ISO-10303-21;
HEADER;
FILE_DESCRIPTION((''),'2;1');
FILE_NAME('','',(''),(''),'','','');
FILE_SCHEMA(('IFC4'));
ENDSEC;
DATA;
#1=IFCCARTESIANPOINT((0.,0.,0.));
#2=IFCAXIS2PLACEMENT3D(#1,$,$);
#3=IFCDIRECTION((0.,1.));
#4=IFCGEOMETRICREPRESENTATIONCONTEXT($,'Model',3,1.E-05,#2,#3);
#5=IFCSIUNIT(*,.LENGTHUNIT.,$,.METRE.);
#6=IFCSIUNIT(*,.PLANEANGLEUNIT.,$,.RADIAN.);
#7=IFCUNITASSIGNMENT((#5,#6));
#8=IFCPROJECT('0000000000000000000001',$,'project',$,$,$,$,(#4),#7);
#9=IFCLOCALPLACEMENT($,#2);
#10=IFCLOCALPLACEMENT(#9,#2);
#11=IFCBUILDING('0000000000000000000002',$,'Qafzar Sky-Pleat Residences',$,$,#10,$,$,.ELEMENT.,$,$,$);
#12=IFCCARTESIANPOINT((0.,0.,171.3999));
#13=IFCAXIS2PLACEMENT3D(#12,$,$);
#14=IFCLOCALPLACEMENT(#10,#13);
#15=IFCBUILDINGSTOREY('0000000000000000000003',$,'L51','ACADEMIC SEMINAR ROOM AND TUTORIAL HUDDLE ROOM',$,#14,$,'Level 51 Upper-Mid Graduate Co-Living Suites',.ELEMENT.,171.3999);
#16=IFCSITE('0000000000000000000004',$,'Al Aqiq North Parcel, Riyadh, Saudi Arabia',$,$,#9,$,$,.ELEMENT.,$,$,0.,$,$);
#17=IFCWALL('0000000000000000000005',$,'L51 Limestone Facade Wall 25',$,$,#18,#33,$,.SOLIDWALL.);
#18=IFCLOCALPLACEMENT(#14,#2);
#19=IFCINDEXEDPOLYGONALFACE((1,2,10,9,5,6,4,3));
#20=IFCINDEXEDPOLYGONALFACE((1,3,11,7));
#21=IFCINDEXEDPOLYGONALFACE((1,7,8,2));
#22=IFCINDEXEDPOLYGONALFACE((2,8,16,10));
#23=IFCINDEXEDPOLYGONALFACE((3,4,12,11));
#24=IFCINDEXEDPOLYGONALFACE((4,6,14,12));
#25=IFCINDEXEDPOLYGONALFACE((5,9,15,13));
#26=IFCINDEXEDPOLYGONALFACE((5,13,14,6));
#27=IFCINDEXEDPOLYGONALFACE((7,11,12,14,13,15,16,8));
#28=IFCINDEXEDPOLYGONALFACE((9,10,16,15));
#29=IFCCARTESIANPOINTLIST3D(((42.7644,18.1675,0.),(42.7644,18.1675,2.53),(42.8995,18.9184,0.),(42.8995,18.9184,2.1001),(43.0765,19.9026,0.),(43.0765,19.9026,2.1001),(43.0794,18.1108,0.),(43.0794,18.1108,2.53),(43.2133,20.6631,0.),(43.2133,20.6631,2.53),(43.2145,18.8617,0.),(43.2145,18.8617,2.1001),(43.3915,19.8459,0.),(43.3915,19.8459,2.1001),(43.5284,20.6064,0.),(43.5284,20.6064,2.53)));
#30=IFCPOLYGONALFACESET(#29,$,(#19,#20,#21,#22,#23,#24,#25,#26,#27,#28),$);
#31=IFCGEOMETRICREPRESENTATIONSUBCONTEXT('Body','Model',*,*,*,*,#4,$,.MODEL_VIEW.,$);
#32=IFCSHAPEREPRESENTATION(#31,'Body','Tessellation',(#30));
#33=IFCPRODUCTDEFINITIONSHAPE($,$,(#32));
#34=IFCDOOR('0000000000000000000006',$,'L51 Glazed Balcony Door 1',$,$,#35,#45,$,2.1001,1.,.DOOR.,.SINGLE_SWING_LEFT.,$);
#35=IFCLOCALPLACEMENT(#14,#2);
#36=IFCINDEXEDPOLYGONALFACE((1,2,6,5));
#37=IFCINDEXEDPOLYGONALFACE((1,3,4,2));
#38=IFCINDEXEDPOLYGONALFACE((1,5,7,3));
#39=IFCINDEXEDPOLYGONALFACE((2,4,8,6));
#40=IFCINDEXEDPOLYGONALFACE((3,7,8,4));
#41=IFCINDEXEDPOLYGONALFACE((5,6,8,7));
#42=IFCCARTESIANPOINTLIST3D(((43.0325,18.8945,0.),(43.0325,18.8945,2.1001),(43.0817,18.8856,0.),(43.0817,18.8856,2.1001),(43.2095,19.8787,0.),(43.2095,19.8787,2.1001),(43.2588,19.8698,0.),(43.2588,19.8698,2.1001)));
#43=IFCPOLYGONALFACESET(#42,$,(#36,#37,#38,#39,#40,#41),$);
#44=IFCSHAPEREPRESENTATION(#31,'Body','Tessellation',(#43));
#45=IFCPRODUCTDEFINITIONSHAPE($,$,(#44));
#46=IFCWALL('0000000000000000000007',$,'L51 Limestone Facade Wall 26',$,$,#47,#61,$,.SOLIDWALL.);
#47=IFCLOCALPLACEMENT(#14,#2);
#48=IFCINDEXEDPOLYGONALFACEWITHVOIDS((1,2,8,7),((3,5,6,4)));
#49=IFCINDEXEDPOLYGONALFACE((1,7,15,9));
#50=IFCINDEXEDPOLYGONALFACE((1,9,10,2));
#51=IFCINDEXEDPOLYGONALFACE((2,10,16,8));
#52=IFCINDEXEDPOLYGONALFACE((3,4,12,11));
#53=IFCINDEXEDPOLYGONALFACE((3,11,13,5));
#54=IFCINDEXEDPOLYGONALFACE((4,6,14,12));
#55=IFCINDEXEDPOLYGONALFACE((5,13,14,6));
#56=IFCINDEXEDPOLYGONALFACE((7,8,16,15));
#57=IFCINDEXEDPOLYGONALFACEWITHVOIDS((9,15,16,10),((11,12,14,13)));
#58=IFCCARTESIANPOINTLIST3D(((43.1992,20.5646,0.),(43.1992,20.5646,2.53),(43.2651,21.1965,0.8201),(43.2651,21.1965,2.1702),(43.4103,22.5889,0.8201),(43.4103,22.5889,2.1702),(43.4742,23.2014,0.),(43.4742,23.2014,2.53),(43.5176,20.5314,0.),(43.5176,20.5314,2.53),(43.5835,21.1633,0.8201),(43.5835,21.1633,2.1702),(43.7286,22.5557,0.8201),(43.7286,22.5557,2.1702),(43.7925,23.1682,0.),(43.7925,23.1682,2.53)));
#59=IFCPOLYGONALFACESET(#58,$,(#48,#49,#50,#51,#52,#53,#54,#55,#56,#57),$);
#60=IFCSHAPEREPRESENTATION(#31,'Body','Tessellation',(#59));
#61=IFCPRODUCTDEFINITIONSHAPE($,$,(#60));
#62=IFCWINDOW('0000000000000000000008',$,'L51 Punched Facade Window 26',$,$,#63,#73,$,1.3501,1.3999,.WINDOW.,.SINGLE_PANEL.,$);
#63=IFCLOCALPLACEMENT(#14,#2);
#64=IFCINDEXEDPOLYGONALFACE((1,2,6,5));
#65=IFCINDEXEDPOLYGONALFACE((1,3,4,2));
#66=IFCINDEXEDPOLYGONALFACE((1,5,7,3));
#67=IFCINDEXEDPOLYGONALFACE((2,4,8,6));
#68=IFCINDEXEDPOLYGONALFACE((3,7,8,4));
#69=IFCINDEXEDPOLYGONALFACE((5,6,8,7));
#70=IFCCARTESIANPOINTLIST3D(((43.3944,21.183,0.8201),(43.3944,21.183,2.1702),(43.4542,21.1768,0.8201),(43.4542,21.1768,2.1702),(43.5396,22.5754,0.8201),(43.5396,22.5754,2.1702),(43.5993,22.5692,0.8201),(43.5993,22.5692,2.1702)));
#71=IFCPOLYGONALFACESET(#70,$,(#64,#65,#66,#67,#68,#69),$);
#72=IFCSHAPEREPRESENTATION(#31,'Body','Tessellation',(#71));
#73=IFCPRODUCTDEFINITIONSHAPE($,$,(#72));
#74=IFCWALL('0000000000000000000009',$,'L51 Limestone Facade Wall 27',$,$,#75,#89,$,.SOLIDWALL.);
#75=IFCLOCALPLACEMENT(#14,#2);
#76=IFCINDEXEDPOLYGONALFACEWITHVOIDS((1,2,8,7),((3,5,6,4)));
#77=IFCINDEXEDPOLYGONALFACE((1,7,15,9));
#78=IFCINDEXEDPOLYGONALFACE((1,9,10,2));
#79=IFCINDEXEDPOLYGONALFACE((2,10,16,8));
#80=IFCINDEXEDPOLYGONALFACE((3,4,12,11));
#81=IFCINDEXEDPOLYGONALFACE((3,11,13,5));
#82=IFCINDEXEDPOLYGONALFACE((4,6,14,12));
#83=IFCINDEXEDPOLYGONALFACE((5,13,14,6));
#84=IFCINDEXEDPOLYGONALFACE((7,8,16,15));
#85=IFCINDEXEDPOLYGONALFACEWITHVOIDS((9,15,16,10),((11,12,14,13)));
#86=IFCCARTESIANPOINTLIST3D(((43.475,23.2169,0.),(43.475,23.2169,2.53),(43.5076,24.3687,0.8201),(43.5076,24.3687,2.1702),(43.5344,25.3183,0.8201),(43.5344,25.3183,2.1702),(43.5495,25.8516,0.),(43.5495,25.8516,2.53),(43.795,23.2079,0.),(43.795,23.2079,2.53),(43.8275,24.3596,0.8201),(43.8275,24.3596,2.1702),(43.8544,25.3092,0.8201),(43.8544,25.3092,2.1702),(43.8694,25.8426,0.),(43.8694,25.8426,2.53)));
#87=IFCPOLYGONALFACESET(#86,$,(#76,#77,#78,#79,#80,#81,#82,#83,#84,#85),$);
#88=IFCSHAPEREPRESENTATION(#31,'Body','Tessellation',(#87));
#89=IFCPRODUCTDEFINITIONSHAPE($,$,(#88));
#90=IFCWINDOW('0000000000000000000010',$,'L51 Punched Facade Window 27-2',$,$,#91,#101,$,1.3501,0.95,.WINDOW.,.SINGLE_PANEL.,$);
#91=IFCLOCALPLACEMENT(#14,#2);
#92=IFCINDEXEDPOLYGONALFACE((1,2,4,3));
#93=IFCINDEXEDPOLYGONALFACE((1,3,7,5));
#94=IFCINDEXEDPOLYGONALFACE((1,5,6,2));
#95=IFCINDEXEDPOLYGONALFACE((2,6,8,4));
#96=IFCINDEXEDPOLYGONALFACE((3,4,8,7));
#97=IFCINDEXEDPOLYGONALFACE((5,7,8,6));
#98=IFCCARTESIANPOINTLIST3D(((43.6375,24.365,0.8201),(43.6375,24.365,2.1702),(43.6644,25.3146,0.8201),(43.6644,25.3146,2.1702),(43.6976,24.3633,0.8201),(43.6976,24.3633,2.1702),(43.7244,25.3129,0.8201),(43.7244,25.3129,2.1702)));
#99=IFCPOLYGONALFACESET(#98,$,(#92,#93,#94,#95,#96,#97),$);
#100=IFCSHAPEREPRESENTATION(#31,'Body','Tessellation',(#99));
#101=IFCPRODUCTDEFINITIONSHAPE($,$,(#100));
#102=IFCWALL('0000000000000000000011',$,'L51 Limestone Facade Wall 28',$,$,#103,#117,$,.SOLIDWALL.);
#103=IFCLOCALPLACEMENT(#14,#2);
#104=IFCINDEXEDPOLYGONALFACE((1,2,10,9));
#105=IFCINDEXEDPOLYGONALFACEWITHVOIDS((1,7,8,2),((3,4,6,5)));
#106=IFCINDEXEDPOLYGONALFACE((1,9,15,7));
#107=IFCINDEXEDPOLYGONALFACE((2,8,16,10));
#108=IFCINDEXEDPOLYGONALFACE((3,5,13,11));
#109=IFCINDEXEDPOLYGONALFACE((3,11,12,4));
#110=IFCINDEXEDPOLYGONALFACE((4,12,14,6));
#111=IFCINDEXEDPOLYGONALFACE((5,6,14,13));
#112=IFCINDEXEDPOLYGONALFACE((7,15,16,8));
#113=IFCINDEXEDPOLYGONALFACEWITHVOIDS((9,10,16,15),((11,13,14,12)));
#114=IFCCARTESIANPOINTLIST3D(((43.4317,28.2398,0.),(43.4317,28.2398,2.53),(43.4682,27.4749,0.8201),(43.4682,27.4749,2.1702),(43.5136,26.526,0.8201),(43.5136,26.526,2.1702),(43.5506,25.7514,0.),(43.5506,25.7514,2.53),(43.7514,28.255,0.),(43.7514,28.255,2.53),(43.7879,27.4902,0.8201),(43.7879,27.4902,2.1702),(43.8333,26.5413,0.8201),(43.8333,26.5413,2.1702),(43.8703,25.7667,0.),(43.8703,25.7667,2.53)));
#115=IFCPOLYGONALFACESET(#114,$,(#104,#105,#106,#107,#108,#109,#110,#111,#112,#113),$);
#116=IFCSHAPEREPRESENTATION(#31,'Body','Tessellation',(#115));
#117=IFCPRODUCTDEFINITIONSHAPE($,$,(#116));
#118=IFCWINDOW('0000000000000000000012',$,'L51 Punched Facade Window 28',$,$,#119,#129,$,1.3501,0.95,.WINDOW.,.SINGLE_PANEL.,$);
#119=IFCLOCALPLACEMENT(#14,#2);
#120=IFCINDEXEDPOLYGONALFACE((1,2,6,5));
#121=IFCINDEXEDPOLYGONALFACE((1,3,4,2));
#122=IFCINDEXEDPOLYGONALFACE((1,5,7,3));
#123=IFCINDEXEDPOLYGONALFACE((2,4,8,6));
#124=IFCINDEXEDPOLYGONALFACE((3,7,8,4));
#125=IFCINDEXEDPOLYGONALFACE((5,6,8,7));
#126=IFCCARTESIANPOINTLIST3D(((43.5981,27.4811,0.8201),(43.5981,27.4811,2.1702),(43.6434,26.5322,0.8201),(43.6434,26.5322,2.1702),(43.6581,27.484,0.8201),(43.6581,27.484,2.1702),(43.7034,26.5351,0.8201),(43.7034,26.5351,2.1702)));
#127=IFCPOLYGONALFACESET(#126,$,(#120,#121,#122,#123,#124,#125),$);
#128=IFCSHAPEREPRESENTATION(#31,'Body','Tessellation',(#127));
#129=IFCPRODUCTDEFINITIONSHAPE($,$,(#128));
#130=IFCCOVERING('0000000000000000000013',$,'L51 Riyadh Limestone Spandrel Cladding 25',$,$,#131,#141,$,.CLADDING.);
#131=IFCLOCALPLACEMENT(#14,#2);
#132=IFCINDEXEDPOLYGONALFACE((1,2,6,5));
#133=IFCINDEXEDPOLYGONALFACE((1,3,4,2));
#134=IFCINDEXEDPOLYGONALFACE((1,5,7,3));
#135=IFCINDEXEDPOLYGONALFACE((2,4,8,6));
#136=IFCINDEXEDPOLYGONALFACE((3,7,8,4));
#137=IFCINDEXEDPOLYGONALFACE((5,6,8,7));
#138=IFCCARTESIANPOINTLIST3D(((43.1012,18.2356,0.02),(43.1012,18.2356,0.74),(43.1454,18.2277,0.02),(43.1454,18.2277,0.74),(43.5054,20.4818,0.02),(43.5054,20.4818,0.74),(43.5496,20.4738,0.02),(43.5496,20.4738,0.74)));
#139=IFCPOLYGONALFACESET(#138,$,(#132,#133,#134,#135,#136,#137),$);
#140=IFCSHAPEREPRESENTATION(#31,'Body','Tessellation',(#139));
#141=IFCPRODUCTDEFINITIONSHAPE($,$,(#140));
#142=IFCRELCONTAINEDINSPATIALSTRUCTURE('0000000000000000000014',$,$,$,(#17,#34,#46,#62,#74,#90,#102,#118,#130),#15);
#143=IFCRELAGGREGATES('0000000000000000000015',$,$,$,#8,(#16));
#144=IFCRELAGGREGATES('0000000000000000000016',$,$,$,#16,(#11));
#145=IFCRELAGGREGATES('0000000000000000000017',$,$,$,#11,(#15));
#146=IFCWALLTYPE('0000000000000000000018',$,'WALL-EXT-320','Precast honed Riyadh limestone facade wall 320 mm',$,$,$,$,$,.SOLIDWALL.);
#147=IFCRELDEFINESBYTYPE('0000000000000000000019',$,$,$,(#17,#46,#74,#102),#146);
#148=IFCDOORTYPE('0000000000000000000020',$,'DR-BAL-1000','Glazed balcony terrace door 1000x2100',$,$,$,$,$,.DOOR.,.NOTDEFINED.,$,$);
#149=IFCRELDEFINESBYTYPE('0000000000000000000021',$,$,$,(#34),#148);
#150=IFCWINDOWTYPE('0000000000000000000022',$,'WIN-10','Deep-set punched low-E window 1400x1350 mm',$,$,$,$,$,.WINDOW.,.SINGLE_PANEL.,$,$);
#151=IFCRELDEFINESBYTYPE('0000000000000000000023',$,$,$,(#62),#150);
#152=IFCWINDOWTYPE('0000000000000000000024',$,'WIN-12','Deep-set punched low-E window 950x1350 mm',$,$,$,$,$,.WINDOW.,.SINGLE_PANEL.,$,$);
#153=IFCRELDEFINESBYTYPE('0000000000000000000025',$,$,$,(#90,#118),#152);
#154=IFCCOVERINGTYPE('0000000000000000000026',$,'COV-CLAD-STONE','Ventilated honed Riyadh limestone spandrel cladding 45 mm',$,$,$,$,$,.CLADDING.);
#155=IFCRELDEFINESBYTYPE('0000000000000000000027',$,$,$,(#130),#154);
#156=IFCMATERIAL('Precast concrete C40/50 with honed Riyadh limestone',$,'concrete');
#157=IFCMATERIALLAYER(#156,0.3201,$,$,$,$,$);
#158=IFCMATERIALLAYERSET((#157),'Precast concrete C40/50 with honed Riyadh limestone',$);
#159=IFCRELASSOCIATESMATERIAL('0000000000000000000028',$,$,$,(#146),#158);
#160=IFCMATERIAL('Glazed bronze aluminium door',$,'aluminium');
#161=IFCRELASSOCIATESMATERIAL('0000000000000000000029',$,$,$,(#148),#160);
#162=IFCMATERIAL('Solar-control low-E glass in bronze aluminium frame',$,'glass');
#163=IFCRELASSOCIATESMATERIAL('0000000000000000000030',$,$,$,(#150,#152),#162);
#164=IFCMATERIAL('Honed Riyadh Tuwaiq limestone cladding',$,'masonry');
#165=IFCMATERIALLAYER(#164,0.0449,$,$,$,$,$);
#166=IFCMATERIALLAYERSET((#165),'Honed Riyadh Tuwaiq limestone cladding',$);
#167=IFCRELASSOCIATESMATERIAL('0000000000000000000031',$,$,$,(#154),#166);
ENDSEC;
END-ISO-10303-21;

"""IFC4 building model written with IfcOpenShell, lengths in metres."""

from ifc_helpers import new_model, si_unit, direction, frame, frame_2d, origin, origin_2d, place, context, subcontext, project, spatial, rectangle, extrude, source, transform, mapped, material, layer, layer_set, type_object, element, fill, save


model = new_model("IFC4")

# Units and contexts
model_context = context("Model", 3, precision=1e-05, world=origin(), true_north=direction((0.0, 1.0)))
body_context = subcontext(model_context, "Body", "Model", "MODEL_VIEW")
ifc_project = project(units=[si_unit("LENGTHUNIT", "METRE"), si_unit("PLANEANGLEUNIT", "RADIAN")], contexts=[model_context])

# Site, building, storey
site_placement = place(None, origin())
site = spatial("IfcSite", under=ifc_project, at=site_placement, Name="Al Aqiq North Parcel, Riyadh, Saudi Arabia", CompositionType="ELEMENT", RefElevation=0.0)
building_placement = place(site_placement, origin())
building = spatial("IfcBuilding", under=site, at=building_placement, Name="Qafzar Sky-Pleat Residences", CompositionType="ELEMENT")
storey_placement = place(building_placement, frame((0.0, 0.0, 171.3999)))
storey = spatial("IfcBuildingStorey", under=building, at=storey_placement, Name="L51", Description="ACADEMIC SEMINAR ROOM AND TUTORIAL HUDDLE ROOM", LongName="Level 51 Upper-Mid Graduate Co-Living Suites", CompositionType="ELEMENT", Elevation=171.3999)

# Wall, opening, door
ifc_material_1 = material(Name="Precast concrete C40/50 with honed Riyadh limestone", Category="concrete")
ifc_layer_1 = layer(ifc_material_1, 0.3201)
ifc_layer_set_1 = layer_set([ifc_layer_1], Name="Precast concrete C40/50 with honed Riyadh limestone")
wall_type_1 = type_object("IfcWallType", Name="WALL-EXT-320", Description="Precast honed Riyadh limestone facade wall 320 mm", PredefinedType="SOLIDWALL", material=ifc_layer_set_1)
wall_1_placement = place(storey_placement, frame((42.9219, 18.1392, 0.0), z_axis=(0.0, 0.0, 1.0), x_axis=(0.177063, 0.984199, 0.0)))
wall_1 = element("IfcWall", 1, at=wall_1_placement, inside=storey, type_object=wall_type_1, Name="L51 Limestone Facade Wall 25", PredefinedType="SOLIDWALL", context=body_context, shape_type="SweptSolid", body=[
    extrude(rectangle(XDim=2.5356, YDim=0.3201, at=frame_2d((1.2678, 0.0))), origin(), (0.0, 0.0, 1.0), 2.53),
])
opening_1_placement = place(wall_1_placement, frame((0.7629, 0.0, 0.0)))
opening_1 = element("IfcOpeningElement", 2, at=opening_1_placement, cuts=wall_1, PredefinedType="OPENING", context=body_context, shape_type="SweptSolid", body=[
    extrude(rectangle(XDim=1.0, YDim=2.1001, at=frame_2d((0.5, 1.05))), frame((0.0, 0.1699, 0.0), z_axis=(0.0, -1.0, 0.0), x_axis=(1.0, 0.0, 0.0)), (0.0, 0.0, 1.0), 0.3401),
])
ifc_material_2 = material(Name="Glazed bronze aluminium door", Category="aluminium")
door_type_1 = type_object("IfcDoorType", Name="DR-BAL-1000", Description="Glazed balcony terrace door 1000x2100", OperationType="NOTDEFINED", PredefinedType="DOOR", material=ifc_material_2)
shared_shape_1 = source(origin(), body_context, "Body", "SweptSolid", [
    extrude(rectangle(XDim=1.0, YDim=2.1001, at=frame_2d((0.5, 1.05))), frame((0.0, 0.0249, 0.0), z_axis=(0.0, -1.0, 0.0), x_axis=(1.0, 0.0, 0.0)), (0.0, 0.0, 1.0), 0.05),
])
door_1_placement = place(opening_1_placement, origin())
door_1 = element("IfcDoor", 3, at=door_1_placement, inside=storey, type_object=door_type_1, Name="L51 Glazed Balcony Door 1", OperationType="SINGLE_SWING_LEFT", OverallHeight=2.1001, OverallWidth=1.0, PredefinedType="DOOR", context=body_context, shape_type="MappedRepresentation", body=[
    mapped(shared_shape_1, transform((0.0, 0.0, 0.0), x_axis=(1.0, 0.0, 0.0), y_axis=(0.0, 1.0, 0.0), z_axis=(0.0, 0.0, 1.0), scale=1.0)),
])
fill(opening_1, door_1)

# Walls, openings, windows
wall_2_placement = place(storey_placement, frame((43.3584, 20.5479, 0.0), z_axis=(0.0, 0.0, 1.0), x_axis=(0.103697, 0.994609, 0.0)))
wall_2 = element("IfcWall", 4, at=wall_2_placement, inside=storey, type_object=wall_type_1, Name="L51 Limestone Facade Wall 26", PredefinedType="SOLIDWALL", context=body_context, shape_type="SweptSolid", body=[
    extrude(rectangle(XDim=2.6511, YDim=0.3201, at=frame_2d((1.3257, 0.0))), origin(), (0.0, 0.0, 1.0), 2.53),
])
opening_2_placement = place(wall_2_placement, frame((0.6355, 0.0, 0.8201)))
opening_2 = element("IfcOpeningElement", 5, at=opening_2_placement, cuts=wall_2, PredefinedType="OPENING", context=body_context, shape_type="SweptSolid", body=[
    extrude(rectangle(XDim=1.3999, YDim=1.3501, at=frame_2d((0.7, 0.675))), frame((0.0, 0.1699, 0.0), z_axis=(0.0, -1.0, 0.0), x_axis=(1.0, 0.0, 0.0)), (0.0, 0.0, 1.0), 0.3401),
])
ifc_material_3 = material(Name="Solar-control low-E glass in bronze aluminium frame", Category="glass")
window_type_1 = type_object("IfcWindowType", Name="WIN-10", Description="Deep-set punched low-E window 1400x1350 mm", PartitioningType="SINGLE_PANEL", PredefinedType="WINDOW", material=ifc_material_3)
shared_shape_2 = source(origin(), body_context, "Body", "SweptSolid", [
    extrude(rectangle(XDim=1.3999, YDim=1.3501, at=frame_2d((0.7, 0.675))), frame((0.0, 0.03, 0.0), z_axis=(0.0, -1.0, 0.0), x_axis=(1.0, 0.0, 0.0)), (0.0, 0.0, 1.0), 0.0601),
])
window_1_placement = place(opening_2_placement, origin())
window_1 = element("IfcWindow", 6, at=window_1_placement, inside=storey, type_object=window_type_1, Name="L51 Punched Facade Window 26", OverallHeight=1.3501, OverallWidth=1.3999, PartitioningType="SINGLE_PANEL", PredefinedType="WINDOW", context=body_context, shape_type="MappedRepresentation", body=[
    mapped(shared_shape_2, transform((0.0, 0.0, 0.0), x_axis=(1.0, 0.0, 0.0), y_axis=(0.0, 1.0, 0.0), z_axis=(0.0, 0.0, 1.0), scale=1.0)),
])
fill(opening_2, window_1)
wall_3_placement = place(storey_placement, frame((43.635, 23.2124, 0.0), z_axis=(0.0, 0.0, 1.0), x_axis=(0.02825, 0.999601, 0.0)))
wall_3 = element("IfcWall", 7, at=wall_3_placement, inside=storey, type_object=wall_type_1, Name="L51 Limestone Facade Wall 27", PredefinedType="SOLIDWALL", context=body_context, shape_type="SweptSolid", body=[
    extrude(rectangle(XDim=2.6357, YDim=0.3201, at=frame_2d((1.3179, 0.0))), origin(), (0.0, 0.0, 1.0), 2.53),
])
opening_3_placement = place(wall_3_placement, frame((1.1521, 0.0, 0.8201)))
opening_3 = element("IfcOpeningElement", 8, at=opening_3_placement, cuts=wall_3, PredefinedType="OPENING", context=body_context, shape_type="SweptSolid", body=[
    extrude(rectangle(XDim=0.95, YDim=1.3501, at=frame_2d((0.4751, 0.675))), frame((0.0, 0.1699, 0.0), z_axis=(0.0, -1.0, 0.0), x_axis=(1.0, 0.0, 0.0)), (0.0, 0.0, 1.0), 0.3401),
])
window_type_2 = type_object("IfcWindowType", Name="WIN-12", Description="Deep-set punched low-E window 950x1350 mm", PartitioningType="SINGLE_PANEL", PredefinedType="WINDOW", material=ifc_material_3)
shared_shape_3 = source(origin(), body_context, "Body", "SweptSolid", [
    extrude(rectangle(XDim=0.95, YDim=1.3501, at=frame_2d((0.4751, 0.675))), frame((0.0, 0.03, 0.0), z_axis=(0.0, -1.0, 0.0), x_axis=(1.0, 0.0, 0.0)), (0.0, 0.0, 1.0), 0.0601),
])
window_2_placement = place(opening_3_placement, origin())
window_2 = element("IfcWindow", 9, at=window_2_placement, inside=storey, type_object=window_type_2, Name="L51 Punched Facade Window 27-2", OverallHeight=1.3501, OverallWidth=0.95, PartitioningType="SINGLE_PANEL", PredefinedType="WINDOW", context=body_context, shape_type="MappedRepresentation", body=[
    mapped(shared_shape_3, transform((0.0, 0.0, 0.0), x_axis=(1.0, 0.0, 0.0), y_axis=(0.0, 1.0, 0.0), z_axis=(0.0, 0.0, 1.0), scale=1.0)),
])
fill(opening_3, window_2)
wall_4_placement = place(storey_placement, frame((43.7104, 25.759, 0.0), z_axis=(0.0, 0.0, 1.0), x_axis=(-0.047728, 0.99886, 0.0)))
wall_4 = element("IfcWall", 10, at=wall_4_placement, inside=storey, type_object=wall_type_1, Name="L51 Limestone Facade Wall 28", PredefinedType="SOLIDWALL", context=body_context, shape_type="SweptSolid", body=[
    extrude(rectangle(XDim=2.4912, YDim=0.3201, at=frame_2d((1.2456, 0.0))), origin(), (0.0, 0.0, 1.0), 2.53),
])
opening_4_placement = place(wall_4_placement, frame((0.7754, 0.0, 0.8201)))
opening_4 = element("IfcOpeningElement", 11, at=opening_4_placement, cuts=wall_4, PredefinedType="OPENING", context=body_context, shape_type="SweptSolid", body=[
    extrude(rectangle(XDim=0.95, YDim=1.3501, at=frame_2d((0.4751, 0.675))), frame((0.0, 0.1699, 0.0), z_axis=(0.0, -1.0, 0.0), x_axis=(1.0, 0.0, 0.0)), (0.0, 0.0, 1.0), 0.3401),
])
window_3_placement = place(opening_4_placement, origin())
window_3 = element("IfcWindow", 12, at=window_3_placement, inside=storey, type_object=window_type_2, Name="L51 Punched Facade Window 28", OverallHeight=1.3501, OverallWidth=0.95, PartitioningType="SINGLE_PANEL", PredefinedType="WINDOW", context=body_context, shape_type="MappedRepresentation", body=[
    mapped(shared_shape_3, transform((0.0, 0.0, 0.0), x_axis=(1.0, 0.0, 0.0), y_axis=(0.0, 1.0, 0.0), z_axis=(0.0, 0.0, 1.0), scale=1.0)),
])
fill(opening_4, window_3)

# Covering
ifc_material_4 = material(Name="Honed Riyadh Tuwaiq limestone cladding", Category="masonry")
ifc_layer_2 = layer(ifc_material_4, 0.0449)
ifc_layer_set_2 = layer_set([ifc_layer_2], Name="Honed Riyadh Tuwaiq limestone cladding")
covering_type = type_object("IfcCoveringType", Name="COV-CLAD-STONE", Description="Ventilated honed Riyadh limestone spandrel cladding 45 mm", PredefinedType="CLADDING", material=ifc_layer_set_2)
shared_shape_4 = source(origin(), body_context, "Body", "SweptSolid", [
    extrude(rectangle(XDim=2.2822, YDim=0.0449, at=origin_2d()), origin(), (0.0, 0.0, 1.0), 0.72),
])
covering_placement = place(storey_placement, frame((43.3254, 19.3547, 0.02), z_axis=(0.0, 0.0, 1.0), x_axis=(0.177105, 0.984192, 0.0)))
element("IfcCovering", 13, at=covering_placement, inside=storey, type_object=covering_type, Name="L51 Riyadh Limestone Spandrel Cladding 25", PredefinedType="CLADDING", context=body_context, shape_type="MappedRepresentation", body=[
    mapped(shared_shape_4, transform((0.0, 0.0, 0.0), x_axis=(1.0, 0.0, 0.0), y_axis=(0.0, 1.0, 0.0), z_axis=(0.0, 0.0, 1.0), scale=1.0)),
])

save(model, "model.ifc")
